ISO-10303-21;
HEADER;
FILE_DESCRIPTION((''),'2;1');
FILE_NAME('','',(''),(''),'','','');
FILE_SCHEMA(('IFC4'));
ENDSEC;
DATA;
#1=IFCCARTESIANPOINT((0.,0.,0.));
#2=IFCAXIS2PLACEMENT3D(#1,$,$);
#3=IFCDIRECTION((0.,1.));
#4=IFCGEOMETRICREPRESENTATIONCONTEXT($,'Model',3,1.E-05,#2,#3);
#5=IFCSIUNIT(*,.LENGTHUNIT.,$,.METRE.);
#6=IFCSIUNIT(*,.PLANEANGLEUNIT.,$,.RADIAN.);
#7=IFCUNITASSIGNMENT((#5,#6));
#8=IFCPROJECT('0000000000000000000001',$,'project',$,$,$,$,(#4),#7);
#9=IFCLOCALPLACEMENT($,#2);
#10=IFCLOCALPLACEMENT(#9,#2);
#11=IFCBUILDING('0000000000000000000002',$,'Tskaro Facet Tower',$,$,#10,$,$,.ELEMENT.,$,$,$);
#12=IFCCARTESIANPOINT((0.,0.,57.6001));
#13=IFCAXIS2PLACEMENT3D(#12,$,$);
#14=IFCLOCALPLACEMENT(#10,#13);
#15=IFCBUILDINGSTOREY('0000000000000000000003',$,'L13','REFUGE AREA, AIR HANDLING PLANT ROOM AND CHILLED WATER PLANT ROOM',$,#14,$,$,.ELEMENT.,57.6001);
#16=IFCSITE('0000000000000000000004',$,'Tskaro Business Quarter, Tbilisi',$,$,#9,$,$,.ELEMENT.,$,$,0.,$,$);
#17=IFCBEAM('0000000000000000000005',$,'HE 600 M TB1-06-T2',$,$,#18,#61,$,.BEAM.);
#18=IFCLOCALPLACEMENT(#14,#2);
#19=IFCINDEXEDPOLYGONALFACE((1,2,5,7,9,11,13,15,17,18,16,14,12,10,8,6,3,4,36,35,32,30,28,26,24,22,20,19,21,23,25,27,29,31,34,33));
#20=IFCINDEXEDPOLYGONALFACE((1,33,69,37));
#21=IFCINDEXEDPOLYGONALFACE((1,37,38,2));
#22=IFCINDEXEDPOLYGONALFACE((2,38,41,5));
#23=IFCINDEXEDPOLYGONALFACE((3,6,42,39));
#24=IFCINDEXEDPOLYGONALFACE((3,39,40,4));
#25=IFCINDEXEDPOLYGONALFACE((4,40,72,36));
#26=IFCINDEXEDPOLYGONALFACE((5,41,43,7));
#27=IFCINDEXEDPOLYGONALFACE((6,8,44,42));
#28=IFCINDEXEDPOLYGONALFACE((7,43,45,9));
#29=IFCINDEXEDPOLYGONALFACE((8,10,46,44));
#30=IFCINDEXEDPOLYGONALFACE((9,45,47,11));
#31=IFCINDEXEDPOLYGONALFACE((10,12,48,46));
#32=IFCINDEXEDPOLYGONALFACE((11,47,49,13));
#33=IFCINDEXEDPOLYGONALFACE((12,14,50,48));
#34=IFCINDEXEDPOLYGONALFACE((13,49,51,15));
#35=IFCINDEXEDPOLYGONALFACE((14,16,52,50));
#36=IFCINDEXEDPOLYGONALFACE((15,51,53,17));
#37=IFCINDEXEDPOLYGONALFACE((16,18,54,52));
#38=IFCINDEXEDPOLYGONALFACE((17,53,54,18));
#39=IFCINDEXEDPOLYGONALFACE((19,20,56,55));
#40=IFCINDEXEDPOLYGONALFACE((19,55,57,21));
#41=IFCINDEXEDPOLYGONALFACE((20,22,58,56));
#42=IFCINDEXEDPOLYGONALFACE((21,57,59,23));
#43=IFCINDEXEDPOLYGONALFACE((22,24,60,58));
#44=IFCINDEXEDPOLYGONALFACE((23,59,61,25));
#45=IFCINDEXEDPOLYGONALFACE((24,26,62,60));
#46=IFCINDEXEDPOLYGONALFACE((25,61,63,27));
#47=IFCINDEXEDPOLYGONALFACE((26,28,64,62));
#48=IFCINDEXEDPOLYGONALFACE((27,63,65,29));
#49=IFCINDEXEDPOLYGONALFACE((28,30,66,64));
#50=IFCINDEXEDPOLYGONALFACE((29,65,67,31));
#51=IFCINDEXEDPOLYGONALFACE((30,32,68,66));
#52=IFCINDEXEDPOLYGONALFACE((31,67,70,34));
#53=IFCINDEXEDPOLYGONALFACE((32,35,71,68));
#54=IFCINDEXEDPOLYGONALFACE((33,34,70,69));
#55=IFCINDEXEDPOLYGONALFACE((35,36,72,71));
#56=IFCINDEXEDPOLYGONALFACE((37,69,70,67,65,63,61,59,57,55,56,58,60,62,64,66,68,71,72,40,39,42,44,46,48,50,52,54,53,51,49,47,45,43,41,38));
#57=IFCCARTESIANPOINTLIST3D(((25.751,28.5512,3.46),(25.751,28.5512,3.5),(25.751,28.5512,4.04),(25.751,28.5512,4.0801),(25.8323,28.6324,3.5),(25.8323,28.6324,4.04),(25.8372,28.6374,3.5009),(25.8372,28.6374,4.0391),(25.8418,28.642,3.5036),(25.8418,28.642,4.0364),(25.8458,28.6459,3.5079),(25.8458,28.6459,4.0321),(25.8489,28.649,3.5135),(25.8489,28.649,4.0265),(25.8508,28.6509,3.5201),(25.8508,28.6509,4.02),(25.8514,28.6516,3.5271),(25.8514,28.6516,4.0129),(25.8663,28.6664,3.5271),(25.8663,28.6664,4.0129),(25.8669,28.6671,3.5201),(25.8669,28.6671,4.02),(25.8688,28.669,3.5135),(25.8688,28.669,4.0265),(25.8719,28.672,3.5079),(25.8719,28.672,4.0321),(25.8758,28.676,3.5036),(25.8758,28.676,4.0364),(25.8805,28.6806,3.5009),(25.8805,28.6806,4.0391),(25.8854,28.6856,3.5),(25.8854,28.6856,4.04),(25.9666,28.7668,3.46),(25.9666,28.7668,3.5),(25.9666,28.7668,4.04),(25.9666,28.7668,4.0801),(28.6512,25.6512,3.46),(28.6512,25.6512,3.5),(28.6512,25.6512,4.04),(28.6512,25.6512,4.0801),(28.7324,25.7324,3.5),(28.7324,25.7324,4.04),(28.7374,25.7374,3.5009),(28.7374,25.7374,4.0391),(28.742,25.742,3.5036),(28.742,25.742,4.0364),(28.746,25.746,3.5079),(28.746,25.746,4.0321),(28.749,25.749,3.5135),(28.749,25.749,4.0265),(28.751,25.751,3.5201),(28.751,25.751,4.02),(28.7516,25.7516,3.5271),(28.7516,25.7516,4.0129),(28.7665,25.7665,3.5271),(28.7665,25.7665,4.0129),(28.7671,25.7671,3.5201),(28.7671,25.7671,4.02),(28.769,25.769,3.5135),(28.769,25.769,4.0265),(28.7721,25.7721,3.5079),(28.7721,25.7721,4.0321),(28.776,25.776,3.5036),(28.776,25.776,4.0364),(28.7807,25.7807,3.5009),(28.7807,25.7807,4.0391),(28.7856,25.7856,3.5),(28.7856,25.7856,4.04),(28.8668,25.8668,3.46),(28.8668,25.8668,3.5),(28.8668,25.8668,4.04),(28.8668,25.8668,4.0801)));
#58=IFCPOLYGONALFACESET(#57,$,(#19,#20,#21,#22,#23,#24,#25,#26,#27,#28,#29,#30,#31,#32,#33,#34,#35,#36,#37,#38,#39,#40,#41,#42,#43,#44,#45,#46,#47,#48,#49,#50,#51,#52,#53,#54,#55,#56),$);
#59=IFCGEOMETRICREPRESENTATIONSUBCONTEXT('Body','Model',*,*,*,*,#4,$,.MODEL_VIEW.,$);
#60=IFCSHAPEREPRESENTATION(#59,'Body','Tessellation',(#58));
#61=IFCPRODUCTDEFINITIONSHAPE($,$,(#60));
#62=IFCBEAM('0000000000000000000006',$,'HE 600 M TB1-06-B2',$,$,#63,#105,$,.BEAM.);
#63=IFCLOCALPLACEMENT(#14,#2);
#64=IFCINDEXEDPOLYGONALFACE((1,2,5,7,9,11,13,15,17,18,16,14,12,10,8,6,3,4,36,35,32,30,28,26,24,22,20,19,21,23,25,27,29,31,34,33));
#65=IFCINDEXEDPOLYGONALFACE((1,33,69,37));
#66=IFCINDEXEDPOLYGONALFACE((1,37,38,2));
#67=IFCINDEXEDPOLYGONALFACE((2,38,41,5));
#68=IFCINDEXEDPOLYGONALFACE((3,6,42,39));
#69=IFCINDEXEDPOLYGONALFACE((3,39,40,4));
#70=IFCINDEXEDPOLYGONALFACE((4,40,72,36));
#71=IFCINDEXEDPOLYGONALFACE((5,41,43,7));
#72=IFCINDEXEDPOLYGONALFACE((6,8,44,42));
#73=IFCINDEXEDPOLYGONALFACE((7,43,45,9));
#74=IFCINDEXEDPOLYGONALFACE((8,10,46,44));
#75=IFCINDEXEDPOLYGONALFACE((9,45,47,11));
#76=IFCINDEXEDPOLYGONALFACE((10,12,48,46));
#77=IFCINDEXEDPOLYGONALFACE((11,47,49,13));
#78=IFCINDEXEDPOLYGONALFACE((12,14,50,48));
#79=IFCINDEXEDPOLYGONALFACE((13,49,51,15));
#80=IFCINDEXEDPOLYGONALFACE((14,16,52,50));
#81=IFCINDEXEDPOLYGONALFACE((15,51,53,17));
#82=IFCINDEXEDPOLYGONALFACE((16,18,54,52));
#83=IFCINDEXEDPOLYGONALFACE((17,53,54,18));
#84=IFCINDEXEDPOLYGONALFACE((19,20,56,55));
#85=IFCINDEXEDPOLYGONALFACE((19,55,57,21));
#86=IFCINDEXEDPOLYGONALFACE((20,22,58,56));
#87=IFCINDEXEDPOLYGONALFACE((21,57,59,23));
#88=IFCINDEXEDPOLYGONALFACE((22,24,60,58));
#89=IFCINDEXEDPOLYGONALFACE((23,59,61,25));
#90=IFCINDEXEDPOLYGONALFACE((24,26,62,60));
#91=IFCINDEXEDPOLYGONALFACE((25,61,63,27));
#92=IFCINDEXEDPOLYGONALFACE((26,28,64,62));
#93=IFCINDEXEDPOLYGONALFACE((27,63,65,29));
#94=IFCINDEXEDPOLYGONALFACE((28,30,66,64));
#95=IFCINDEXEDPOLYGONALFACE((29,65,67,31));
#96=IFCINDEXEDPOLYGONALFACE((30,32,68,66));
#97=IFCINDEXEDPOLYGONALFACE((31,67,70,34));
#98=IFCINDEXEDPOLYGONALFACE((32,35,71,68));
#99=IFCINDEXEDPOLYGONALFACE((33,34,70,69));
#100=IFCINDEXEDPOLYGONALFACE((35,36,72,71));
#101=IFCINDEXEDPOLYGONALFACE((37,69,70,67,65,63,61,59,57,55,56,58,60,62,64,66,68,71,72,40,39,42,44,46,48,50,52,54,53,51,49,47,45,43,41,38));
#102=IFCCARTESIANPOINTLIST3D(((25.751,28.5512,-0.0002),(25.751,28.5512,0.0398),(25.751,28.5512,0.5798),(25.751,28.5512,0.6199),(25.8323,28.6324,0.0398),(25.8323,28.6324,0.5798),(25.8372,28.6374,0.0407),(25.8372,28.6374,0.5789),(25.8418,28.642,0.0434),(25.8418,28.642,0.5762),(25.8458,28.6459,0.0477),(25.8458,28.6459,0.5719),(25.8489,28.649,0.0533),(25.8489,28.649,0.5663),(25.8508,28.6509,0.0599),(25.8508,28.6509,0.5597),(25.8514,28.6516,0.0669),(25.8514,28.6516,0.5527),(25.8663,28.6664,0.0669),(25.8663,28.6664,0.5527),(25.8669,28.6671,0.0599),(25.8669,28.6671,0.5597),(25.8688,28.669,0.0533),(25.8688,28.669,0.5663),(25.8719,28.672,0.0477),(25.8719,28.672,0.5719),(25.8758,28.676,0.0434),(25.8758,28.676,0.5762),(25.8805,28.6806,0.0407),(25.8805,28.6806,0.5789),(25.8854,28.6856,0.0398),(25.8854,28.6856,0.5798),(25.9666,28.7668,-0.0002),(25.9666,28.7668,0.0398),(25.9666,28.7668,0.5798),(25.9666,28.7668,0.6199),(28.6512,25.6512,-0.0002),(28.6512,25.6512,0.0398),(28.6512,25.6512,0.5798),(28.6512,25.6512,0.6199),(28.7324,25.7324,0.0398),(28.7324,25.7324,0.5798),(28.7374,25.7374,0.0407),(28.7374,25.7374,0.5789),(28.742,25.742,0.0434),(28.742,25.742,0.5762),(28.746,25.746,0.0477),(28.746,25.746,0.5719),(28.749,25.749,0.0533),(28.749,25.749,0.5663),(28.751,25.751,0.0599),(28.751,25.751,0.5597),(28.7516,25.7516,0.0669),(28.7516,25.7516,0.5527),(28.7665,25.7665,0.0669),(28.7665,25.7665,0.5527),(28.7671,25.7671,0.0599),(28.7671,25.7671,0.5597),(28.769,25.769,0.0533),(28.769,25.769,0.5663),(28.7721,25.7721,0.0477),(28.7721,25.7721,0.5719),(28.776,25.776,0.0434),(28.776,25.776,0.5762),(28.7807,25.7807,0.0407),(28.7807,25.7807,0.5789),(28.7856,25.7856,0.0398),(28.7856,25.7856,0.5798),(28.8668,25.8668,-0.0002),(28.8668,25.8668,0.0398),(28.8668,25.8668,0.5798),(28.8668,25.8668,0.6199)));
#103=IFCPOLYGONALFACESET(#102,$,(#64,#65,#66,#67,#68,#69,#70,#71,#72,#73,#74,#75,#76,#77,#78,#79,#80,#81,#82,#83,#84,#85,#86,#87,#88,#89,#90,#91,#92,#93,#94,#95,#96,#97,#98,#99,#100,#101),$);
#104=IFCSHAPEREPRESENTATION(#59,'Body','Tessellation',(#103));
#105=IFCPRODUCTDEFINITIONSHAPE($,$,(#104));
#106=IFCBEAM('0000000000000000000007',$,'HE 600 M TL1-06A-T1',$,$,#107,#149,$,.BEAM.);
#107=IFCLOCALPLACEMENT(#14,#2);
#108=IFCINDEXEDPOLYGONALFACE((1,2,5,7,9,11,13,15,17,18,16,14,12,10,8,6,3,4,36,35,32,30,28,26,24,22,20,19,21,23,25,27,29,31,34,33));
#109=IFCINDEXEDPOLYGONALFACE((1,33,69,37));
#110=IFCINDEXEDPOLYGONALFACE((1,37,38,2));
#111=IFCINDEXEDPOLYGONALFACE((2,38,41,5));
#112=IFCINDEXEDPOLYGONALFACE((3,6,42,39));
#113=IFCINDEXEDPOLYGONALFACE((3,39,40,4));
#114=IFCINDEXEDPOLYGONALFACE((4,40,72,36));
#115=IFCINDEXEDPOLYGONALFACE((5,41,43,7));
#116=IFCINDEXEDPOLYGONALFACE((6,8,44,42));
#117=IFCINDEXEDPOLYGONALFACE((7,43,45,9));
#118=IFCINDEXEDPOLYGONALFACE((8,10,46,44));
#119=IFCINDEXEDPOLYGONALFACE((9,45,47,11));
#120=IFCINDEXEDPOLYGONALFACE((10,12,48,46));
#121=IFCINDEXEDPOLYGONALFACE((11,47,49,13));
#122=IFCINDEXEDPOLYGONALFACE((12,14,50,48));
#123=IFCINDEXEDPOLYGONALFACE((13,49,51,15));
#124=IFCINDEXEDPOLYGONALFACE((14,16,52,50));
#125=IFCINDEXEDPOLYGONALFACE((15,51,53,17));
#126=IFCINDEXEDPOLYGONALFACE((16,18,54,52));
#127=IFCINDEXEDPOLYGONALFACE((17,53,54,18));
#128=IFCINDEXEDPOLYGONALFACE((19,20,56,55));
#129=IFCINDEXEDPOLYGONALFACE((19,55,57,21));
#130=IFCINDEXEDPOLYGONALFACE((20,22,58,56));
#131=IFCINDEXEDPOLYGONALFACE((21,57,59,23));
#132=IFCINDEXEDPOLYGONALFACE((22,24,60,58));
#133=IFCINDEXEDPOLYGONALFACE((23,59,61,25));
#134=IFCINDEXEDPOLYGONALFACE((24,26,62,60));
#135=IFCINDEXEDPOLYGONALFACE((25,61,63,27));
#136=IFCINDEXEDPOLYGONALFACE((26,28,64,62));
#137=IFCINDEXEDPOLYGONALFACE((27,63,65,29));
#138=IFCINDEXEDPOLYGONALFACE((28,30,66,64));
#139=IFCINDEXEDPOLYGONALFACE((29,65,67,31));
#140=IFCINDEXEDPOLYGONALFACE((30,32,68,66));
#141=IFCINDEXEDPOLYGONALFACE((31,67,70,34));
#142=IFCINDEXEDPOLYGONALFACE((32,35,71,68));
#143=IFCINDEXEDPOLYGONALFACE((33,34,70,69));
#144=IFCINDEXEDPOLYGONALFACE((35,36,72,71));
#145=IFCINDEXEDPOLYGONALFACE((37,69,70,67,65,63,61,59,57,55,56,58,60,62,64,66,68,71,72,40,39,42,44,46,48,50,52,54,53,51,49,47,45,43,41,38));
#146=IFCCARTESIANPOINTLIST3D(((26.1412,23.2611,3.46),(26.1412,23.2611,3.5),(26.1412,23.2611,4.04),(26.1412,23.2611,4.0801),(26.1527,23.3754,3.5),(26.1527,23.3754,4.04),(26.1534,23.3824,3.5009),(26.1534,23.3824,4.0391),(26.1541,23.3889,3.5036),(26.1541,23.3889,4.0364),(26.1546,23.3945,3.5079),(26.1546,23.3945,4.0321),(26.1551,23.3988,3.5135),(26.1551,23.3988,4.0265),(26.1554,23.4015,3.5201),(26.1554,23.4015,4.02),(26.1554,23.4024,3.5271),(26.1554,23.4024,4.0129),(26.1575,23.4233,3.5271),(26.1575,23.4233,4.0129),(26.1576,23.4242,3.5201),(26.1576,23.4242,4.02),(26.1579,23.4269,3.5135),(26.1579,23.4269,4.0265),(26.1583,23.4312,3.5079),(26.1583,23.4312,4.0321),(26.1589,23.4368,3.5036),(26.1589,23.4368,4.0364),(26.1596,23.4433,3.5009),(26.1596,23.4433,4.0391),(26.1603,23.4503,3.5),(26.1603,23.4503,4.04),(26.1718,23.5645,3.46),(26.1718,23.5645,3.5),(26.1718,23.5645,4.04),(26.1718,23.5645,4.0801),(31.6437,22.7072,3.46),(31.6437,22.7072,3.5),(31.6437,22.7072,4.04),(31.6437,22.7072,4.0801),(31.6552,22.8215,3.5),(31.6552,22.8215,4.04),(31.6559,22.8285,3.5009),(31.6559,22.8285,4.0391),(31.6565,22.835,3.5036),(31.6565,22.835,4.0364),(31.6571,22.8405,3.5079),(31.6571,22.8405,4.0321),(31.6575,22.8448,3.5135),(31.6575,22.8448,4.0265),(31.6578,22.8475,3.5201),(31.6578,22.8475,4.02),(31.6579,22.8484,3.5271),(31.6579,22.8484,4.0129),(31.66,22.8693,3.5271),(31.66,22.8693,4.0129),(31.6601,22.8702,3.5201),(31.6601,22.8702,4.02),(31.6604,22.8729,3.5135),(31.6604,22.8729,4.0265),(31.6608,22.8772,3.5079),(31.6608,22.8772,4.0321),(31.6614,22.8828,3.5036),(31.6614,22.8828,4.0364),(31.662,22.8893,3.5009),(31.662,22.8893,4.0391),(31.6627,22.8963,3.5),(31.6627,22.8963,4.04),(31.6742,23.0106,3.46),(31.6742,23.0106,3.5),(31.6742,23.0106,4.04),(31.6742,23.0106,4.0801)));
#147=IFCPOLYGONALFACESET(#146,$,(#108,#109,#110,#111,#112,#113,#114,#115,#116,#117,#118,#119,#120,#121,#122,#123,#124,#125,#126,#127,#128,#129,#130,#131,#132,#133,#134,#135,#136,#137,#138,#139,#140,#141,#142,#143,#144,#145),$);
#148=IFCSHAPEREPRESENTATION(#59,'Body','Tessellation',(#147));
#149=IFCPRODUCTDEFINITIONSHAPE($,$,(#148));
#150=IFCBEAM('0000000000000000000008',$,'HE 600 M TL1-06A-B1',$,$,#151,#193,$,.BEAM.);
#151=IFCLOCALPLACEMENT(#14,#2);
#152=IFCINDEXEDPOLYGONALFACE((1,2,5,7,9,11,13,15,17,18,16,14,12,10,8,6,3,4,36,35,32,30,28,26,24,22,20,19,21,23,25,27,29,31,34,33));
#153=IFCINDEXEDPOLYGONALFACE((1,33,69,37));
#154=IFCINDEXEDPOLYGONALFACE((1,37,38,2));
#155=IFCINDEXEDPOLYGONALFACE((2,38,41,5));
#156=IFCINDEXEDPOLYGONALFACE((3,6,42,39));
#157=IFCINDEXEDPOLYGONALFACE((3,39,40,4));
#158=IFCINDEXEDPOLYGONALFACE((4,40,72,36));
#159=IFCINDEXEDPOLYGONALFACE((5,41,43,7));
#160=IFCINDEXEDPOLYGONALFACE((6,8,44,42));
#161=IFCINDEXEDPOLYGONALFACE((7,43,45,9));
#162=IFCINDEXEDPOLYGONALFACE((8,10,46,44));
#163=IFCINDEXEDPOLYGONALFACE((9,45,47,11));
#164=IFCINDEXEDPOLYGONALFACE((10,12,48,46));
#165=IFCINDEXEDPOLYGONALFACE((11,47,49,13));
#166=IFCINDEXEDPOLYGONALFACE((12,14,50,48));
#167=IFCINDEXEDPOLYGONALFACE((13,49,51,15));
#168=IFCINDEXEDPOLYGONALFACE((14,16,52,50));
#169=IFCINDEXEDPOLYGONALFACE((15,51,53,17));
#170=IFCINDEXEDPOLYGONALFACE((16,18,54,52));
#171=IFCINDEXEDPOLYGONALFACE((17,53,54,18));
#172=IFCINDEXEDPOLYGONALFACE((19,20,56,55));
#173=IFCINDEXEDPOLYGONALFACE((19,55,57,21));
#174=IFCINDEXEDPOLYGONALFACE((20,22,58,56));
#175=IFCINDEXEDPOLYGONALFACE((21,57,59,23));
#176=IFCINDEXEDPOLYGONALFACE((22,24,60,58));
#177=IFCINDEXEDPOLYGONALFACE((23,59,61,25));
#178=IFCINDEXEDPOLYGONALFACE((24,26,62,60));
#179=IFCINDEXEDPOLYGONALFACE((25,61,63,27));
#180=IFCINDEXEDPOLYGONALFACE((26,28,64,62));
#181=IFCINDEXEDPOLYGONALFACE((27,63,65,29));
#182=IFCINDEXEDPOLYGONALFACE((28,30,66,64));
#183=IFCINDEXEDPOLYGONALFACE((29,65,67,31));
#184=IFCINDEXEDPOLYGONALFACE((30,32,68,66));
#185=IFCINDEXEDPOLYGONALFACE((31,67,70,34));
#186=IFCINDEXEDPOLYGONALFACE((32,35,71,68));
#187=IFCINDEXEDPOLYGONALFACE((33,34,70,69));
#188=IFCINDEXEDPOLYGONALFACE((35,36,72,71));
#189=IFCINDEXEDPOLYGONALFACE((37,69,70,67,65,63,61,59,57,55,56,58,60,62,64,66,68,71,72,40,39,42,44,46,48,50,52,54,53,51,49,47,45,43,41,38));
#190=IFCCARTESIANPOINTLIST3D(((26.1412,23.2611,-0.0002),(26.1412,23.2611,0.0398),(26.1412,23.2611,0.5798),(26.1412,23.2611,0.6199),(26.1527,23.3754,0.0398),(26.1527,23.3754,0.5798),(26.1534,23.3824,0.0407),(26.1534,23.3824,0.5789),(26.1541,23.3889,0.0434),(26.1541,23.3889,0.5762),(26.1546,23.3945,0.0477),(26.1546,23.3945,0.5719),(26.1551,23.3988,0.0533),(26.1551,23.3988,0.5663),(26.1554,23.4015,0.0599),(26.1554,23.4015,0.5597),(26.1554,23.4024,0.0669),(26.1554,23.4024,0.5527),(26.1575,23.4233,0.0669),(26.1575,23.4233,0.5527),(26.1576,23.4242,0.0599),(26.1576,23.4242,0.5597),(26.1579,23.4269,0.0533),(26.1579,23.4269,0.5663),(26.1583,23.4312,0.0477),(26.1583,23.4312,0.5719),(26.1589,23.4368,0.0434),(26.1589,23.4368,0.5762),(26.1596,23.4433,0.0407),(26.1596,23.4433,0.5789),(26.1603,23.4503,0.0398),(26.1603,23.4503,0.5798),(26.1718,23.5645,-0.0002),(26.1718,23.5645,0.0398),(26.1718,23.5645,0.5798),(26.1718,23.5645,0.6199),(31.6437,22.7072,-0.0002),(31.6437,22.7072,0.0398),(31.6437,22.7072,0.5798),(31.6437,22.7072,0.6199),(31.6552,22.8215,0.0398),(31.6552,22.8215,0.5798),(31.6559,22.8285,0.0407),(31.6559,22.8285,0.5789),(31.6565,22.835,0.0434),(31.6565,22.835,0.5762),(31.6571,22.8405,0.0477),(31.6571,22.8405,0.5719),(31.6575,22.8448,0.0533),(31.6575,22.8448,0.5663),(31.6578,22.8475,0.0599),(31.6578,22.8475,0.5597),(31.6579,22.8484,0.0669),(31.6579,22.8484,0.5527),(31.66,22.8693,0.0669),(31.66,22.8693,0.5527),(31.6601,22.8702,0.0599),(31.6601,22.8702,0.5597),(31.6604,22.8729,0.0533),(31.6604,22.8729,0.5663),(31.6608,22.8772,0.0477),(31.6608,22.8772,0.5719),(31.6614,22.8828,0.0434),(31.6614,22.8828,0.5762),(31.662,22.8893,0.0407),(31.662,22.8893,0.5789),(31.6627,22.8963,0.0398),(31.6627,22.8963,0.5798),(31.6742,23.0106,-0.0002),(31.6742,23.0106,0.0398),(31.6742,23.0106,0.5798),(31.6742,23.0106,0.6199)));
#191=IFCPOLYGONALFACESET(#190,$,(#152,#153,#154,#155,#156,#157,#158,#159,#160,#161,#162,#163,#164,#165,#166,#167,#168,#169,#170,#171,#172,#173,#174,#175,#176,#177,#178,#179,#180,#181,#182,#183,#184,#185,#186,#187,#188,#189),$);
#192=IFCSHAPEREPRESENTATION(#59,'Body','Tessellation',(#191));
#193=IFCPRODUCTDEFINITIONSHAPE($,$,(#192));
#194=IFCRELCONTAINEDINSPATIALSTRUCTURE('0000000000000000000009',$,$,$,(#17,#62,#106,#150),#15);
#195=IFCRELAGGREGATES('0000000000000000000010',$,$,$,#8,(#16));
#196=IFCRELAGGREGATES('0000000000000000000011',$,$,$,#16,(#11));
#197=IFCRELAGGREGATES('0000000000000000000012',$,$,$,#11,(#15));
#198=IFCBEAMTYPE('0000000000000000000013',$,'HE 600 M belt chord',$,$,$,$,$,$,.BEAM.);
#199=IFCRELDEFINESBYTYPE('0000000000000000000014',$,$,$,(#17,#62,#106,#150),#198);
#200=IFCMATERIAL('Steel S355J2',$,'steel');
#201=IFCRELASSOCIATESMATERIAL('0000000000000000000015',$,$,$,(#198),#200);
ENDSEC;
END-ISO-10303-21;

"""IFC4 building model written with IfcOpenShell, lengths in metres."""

from ifc_helpers import new_model, si_unit, direction, frame, origin, origin_2d, place, context, subcontext, project, spatial, i_section, extrude, material, material_profile, profile_set, type_object, element, save


model = new_model("IFC4")

# Units and contexts
model_context = context("Model", 3, precision=1e-05, world=origin(), true_north=direction((0.0, 1.0)))
body_context = subcontext(model_context, "Body", "Model", "MODEL_VIEW")
ifc_project = project(units=[si_unit("LENGTHUNIT", "METRE"), si_unit("PLANEANGLEUNIT", "RADIAN")], contexts=[model_context])

# Site, building, storey
site_placement = place(None, origin())
site = spatial("IfcSite", under=ifc_project, at=site_placement, Name="Tskaro Business Quarter, Tbilisi", CompositionType="ELEMENT", RefElevation=0.0)
building_placement = place(site_placement, origin())
building = spatial("IfcBuilding", under=site, at=building_placement, Name="Tskaro Facet Tower", CompositionType="ELEMENT")
storey_placement = place(building_placement, frame((0.0, 0.0, 57.6001)))
storey = spatial("IfcBuildingStorey", under=building, at=storey_placement, Name="L13", Description="REFUGE AREA, AIR HANDLING PLANT ROOM AND CHILLED WATER PLANT ROOM", CompositionType="ELEMENT", Elevation=57.6001)

# Shared definitions
ifc_material_1 = material(Name="Steel S355J2", Category="steel")

# Beams
ifc_material_profile_1 = material_profile(ifc_material_1, i_section(OverallWidth=0.3049, OverallDepth=0.6201, WebThickness=0.021, FlangeThickness=0.04, FilletRadius=0.0271, at=origin_2d()), Name="HE 600 M")
ifc_profile_set_1 = profile_set([ifc_material_profile_1], Name="Steel S355J2")
beam_type_1 = type_object("IfcBeamType", Name="HE 600 M belt chord", PredefinedType="BEAM", material=ifc_profile_set_1)
for number, where, z_axis, x_axis, name in (
    (1, (28.759, 25.759, 3.77), (-0.707137, 0.707077, 0.0), (-0.707077, -0.707137, 0.0), "HE 600 M TB1-06-T2"),
    (2, (28.759, 25.759, 0.3098), (-0.707137, 0.707077, 0.0), (-0.707077, -0.707137, 0.0), "HE 600 M TB1-06-B2"),
):
    element("IfcBeam", number, at=place(storey_placement, frame(where, z_axis=z_axis, x_axis=x_axis)), inside=storey, type_object=beam_type_1, Name=name, PredefinedType="BEAM", context=body_context, shape_type="SweptSolid", body=[
        extrude(i_section(OverallWidth=0.3049, OverallDepth=0.6201, WebThickness=0.021, FlangeThickness=0.04, FilletRadius=0.0271, at=origin_2d()), origin(), (0.0, 0.0, 1.0), 4.1013),
    ])
for number, where, z_axis, x_axis, name in (
    (3, (26.1565, 23.4128, 3.77), (0.994971, -0.100168, 0.0), (0.100168, 0.994971, 0.0), "HE 600 M TL1-06A-T1"),
    (4, (26.1565, 23.4128, 0.3098), (0.994971, -0.100168, 0.0), (0.100168, 0.994971, 0.0), "HE 600 M TL1-06A-B1"),
):
    element("IfcBeam", number, at=place(storey_placement, frame(where, z_axis=z_axis, x_axis=x_axis)), inside=storey, type_object=beam_type_1, Name=name, PredefinedType="BEAM", context=body_context, shape_type="SweptSolid", body=[
        extrude(i_section(OverallWidth=0.3049, OverallDepth=0.6201, WebThickness=0.021, FlangeThickness=0.04, FilletRadius=0.0271, at=origin_2d()), origin(), (0.0, 0.0, 1.0), 5.5303),
    ])

save(model, "model.ifc")
